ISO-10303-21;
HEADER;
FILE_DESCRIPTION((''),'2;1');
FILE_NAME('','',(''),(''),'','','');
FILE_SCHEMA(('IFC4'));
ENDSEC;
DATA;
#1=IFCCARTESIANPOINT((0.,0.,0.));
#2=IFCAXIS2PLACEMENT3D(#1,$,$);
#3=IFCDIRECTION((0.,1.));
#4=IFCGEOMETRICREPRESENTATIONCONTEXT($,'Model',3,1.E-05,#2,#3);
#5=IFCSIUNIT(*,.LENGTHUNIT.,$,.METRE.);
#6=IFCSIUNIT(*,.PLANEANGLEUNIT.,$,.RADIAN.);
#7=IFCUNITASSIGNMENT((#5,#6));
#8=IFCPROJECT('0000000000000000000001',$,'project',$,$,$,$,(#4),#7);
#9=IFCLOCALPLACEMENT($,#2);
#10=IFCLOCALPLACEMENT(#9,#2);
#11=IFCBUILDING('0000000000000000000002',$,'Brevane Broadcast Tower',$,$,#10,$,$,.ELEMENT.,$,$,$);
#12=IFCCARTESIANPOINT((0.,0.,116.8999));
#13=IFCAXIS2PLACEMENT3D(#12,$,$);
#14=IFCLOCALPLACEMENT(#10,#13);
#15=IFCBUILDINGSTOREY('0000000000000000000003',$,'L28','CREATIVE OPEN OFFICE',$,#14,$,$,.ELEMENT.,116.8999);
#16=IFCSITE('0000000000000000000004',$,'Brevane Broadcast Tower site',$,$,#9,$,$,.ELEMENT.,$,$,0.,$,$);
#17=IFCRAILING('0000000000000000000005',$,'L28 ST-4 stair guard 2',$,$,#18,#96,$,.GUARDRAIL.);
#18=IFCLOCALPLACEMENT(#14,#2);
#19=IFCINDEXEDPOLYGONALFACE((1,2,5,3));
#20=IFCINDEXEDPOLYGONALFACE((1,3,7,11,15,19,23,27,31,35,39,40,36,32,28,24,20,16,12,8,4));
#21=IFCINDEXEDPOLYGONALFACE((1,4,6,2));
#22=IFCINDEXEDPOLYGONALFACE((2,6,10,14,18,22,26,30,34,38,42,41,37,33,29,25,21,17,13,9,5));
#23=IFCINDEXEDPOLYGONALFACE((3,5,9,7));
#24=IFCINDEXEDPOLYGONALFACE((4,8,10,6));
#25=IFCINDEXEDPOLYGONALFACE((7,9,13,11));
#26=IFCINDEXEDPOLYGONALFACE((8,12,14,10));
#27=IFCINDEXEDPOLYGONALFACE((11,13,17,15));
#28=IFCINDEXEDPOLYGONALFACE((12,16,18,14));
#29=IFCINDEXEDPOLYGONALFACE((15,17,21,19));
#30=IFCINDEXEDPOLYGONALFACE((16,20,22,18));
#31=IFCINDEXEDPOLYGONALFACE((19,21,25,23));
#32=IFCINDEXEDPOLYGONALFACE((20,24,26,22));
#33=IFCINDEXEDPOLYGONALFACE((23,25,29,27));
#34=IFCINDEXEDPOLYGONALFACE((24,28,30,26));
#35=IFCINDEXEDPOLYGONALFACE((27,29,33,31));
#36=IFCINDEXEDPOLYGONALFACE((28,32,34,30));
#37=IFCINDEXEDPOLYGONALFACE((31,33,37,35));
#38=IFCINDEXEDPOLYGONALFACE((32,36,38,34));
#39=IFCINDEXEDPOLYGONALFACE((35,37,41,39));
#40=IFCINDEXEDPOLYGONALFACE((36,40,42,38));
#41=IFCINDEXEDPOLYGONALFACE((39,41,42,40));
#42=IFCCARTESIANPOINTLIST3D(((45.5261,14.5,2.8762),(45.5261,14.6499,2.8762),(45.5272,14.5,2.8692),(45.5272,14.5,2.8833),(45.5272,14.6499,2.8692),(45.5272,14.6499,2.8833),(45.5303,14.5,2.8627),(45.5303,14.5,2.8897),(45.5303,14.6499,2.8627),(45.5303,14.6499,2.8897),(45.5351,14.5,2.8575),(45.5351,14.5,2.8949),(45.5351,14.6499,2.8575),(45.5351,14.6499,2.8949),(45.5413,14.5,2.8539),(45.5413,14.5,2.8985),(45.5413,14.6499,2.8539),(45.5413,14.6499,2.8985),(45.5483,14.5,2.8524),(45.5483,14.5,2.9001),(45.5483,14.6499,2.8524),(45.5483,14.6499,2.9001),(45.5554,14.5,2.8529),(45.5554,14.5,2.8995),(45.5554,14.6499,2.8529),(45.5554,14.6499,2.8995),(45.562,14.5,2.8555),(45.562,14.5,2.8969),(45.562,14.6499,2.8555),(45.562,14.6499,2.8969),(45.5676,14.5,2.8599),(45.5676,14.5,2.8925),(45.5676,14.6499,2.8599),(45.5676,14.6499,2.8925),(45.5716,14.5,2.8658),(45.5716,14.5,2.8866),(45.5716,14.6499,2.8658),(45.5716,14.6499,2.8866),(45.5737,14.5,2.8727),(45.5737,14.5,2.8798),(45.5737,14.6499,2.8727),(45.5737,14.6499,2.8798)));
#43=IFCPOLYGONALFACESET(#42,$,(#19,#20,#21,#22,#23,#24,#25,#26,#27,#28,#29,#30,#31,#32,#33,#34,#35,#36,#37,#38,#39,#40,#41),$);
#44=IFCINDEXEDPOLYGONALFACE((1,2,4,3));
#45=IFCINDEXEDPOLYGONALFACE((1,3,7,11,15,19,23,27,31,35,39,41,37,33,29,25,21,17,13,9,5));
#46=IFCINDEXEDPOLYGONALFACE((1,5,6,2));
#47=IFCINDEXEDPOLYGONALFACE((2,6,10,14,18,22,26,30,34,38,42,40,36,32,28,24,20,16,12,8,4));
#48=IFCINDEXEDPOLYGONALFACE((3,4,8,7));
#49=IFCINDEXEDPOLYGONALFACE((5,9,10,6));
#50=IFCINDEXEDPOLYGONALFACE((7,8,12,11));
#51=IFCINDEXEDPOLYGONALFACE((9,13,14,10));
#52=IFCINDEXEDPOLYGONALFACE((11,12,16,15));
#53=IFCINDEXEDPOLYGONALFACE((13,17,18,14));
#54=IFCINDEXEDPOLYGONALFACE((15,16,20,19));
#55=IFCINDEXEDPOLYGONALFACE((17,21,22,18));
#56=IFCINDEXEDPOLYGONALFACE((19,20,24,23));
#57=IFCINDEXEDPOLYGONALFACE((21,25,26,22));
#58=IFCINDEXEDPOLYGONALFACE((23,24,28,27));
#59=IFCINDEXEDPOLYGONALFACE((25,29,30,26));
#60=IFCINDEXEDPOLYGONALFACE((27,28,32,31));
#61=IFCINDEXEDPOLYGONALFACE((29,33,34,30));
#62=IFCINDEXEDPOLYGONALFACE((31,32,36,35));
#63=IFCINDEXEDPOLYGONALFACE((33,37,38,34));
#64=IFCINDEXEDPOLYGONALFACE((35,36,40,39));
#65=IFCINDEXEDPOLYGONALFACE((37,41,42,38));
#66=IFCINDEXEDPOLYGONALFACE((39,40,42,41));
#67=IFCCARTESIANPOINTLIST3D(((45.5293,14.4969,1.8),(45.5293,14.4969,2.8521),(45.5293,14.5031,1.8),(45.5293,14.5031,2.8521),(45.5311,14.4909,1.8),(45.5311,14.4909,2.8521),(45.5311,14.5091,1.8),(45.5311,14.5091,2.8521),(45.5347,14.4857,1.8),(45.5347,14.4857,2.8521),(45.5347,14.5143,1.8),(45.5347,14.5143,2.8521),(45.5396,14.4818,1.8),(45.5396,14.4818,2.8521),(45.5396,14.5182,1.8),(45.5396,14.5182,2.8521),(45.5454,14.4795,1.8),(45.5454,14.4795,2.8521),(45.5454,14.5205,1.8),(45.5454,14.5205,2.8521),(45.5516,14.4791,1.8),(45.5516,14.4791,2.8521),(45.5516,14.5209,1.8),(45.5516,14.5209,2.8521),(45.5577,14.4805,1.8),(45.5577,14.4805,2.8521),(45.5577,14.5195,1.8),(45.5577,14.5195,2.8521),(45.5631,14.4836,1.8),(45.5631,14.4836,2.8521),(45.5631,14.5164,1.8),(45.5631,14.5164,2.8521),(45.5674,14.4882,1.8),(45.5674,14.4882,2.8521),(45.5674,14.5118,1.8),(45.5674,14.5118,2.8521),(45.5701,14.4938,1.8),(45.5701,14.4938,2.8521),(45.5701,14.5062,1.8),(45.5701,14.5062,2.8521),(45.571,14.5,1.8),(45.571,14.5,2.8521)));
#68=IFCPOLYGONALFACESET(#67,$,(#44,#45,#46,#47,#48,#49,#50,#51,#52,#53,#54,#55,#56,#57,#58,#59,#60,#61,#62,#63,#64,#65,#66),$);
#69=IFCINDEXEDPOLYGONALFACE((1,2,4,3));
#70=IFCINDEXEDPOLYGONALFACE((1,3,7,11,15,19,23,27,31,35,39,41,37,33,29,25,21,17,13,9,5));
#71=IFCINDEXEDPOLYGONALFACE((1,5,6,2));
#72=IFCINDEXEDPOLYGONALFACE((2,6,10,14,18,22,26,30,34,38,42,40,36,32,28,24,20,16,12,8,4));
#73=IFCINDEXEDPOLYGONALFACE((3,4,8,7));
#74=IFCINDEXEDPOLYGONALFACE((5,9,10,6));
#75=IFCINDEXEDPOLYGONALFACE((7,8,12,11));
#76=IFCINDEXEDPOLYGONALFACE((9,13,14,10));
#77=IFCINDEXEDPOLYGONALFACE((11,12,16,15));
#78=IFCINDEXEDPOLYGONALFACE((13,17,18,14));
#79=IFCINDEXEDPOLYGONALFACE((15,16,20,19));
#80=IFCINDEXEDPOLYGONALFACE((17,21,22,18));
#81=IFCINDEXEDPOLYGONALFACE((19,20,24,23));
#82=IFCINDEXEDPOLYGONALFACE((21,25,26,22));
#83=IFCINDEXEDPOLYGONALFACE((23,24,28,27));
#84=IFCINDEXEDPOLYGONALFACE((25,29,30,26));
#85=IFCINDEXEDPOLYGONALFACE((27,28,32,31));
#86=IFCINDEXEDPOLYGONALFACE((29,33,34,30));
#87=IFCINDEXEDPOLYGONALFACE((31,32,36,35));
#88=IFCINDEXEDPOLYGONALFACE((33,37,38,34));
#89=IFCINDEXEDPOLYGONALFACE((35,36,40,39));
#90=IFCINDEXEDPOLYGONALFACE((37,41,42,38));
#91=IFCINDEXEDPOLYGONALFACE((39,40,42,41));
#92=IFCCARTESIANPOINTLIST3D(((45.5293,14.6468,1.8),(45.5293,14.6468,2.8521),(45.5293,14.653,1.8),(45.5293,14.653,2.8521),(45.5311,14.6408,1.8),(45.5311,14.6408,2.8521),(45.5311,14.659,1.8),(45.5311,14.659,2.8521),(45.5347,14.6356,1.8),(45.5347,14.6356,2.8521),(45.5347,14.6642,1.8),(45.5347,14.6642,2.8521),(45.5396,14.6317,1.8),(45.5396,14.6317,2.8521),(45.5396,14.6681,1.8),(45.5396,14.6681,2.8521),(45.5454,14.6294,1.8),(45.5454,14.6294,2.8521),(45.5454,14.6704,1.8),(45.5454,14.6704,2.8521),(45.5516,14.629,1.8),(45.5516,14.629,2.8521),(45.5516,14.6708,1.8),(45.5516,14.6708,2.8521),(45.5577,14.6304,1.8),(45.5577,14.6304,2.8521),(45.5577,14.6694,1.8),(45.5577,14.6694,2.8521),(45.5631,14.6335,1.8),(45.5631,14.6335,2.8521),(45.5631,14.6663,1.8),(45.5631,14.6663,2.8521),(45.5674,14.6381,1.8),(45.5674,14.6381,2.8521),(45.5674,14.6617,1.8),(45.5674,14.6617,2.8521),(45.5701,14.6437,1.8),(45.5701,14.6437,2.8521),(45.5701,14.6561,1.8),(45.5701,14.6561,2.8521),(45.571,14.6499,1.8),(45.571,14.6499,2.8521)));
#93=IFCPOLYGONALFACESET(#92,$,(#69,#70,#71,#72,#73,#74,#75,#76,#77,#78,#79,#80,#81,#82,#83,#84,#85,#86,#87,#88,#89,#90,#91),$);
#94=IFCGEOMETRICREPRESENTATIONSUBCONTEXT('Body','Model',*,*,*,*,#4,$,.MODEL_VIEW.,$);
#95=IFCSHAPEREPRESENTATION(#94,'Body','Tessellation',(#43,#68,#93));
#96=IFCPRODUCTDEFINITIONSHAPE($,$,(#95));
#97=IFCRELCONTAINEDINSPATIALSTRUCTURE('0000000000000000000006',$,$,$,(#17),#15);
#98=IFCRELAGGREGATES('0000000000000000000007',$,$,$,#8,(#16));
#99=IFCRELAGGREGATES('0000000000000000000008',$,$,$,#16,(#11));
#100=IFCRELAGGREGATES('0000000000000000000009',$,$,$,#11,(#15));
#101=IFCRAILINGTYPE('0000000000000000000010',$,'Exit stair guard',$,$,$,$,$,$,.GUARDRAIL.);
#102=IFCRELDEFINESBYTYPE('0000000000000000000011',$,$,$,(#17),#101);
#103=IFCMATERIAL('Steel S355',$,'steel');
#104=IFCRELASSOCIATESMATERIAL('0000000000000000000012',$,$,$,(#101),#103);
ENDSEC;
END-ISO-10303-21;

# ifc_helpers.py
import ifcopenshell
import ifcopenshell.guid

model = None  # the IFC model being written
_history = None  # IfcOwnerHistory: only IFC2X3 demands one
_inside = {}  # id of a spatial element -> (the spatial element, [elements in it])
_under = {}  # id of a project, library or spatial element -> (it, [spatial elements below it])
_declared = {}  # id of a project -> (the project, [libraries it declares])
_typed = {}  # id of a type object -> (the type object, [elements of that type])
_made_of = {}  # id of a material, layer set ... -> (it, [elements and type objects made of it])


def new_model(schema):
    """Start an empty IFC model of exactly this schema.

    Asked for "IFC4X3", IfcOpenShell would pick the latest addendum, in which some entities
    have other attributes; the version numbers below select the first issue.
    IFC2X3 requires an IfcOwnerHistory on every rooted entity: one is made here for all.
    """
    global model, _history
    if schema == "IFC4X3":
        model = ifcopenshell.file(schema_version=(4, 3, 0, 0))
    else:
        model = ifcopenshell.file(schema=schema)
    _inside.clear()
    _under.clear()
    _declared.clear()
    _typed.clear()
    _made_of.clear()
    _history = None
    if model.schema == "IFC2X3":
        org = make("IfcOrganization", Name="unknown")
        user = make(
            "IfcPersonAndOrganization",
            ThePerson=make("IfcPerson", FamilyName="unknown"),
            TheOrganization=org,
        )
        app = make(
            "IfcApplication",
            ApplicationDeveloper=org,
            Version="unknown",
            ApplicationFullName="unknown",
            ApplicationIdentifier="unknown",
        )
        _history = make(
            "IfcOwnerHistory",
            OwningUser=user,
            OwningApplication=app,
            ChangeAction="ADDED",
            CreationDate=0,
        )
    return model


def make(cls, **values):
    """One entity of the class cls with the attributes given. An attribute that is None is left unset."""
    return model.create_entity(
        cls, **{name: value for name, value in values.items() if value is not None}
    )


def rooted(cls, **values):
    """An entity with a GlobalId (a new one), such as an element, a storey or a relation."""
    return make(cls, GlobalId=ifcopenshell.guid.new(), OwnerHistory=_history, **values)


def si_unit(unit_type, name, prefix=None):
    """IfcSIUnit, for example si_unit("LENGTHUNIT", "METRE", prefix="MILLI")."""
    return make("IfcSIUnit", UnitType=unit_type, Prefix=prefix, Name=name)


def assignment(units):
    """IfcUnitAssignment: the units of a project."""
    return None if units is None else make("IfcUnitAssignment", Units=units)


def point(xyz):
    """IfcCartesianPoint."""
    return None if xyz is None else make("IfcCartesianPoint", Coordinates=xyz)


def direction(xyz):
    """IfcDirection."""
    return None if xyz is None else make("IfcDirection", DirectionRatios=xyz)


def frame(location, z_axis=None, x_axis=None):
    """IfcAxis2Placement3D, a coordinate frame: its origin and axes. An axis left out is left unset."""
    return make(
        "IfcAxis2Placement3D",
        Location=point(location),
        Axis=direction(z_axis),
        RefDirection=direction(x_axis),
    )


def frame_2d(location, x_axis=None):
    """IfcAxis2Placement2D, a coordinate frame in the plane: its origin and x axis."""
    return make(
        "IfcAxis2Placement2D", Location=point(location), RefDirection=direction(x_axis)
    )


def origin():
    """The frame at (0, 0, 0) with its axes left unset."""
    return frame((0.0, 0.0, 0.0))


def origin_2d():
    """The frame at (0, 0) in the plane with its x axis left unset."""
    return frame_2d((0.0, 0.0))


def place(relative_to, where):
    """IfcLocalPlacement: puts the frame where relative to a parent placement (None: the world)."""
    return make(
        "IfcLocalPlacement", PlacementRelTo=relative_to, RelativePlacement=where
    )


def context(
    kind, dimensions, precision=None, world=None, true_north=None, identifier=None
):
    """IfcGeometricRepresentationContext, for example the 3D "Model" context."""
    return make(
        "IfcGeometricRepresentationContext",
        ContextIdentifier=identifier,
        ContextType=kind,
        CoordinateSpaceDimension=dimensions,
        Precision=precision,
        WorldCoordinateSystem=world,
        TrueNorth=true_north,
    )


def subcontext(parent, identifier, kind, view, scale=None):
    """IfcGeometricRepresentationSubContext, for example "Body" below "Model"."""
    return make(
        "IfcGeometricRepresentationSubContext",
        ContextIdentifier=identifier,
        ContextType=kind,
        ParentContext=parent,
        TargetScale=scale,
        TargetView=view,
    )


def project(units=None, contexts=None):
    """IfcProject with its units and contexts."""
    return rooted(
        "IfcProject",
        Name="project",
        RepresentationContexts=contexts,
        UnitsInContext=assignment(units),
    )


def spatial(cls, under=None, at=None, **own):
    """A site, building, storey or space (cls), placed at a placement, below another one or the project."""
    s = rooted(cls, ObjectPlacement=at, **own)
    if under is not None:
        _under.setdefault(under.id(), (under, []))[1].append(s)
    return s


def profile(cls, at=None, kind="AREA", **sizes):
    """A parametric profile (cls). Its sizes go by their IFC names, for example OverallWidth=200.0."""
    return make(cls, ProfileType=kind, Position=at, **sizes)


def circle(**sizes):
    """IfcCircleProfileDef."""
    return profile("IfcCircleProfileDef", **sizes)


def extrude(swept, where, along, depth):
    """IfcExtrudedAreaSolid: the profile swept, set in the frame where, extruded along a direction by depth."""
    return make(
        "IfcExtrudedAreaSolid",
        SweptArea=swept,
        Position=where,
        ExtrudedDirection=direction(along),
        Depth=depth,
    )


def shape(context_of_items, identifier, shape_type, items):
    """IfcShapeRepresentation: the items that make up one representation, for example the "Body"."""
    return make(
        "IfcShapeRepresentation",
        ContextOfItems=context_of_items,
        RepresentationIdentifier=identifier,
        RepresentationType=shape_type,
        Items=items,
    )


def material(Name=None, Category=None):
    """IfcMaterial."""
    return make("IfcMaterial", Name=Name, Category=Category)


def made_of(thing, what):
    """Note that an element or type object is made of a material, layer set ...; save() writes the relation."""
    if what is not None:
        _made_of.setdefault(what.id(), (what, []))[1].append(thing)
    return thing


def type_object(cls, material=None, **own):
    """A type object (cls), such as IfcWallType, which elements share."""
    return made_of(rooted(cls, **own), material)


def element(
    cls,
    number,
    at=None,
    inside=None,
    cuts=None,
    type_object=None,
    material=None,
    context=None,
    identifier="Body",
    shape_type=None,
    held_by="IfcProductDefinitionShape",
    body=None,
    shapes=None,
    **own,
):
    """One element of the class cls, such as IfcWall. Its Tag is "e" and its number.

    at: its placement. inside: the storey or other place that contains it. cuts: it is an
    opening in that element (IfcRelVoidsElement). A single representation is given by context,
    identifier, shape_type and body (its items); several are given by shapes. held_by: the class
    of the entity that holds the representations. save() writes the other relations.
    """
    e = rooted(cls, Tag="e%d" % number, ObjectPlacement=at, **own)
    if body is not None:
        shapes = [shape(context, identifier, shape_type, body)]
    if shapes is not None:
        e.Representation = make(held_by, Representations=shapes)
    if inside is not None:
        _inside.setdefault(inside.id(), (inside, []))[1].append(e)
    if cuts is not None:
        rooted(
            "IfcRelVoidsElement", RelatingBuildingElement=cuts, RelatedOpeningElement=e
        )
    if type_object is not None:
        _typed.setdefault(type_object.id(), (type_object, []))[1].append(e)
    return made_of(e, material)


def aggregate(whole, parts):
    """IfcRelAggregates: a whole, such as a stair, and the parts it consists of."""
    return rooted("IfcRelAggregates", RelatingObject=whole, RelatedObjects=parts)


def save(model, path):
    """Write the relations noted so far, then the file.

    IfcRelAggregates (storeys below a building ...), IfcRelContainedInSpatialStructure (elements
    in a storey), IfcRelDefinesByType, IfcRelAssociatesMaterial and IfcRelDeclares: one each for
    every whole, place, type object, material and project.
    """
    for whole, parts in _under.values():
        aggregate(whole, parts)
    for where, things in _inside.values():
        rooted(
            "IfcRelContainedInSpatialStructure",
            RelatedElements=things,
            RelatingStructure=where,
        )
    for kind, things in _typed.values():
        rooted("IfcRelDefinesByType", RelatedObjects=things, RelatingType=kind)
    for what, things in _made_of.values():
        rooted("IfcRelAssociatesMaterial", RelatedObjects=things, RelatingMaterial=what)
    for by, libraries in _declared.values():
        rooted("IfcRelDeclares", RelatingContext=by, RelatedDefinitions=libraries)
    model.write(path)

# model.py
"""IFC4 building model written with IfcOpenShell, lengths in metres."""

from ifc_helpers import new_model, si_unit, direction, frame, origin, origin_2d, place, context, subcontext, project, spatial, circle, extrude, material, type_object, element, save


model = new_model("IFC4")

# Units and contexts
model_context = context("Model", 3, precision=1e-05, world=origin(), true_north=direction((0.0, 1.0)))
body_context = subcontext(model_context, "Body", "Model", "MODEL_VIEW")
ifc_project = project(units=[si_unit("LENGTHUNIT", "METRE"), si_unit("PLANEANGLEUNIT", "RADIAN")], contexts=[model_context])

# Site, building, storey
site_placement = place(None, origin())
site = spatial("IfcSite", under=ifc_project, at=site_placement, Name="Brevane Broadcast Tower site", CompositionType="ELEMENT", RefElevation=0.0)
building_placement = place(site_placement, origin())
building = spatial("IfcBuilding", under=site, at=building_placement, Name="Brevane Broadcast Tower", CompositionType="ELEMENT")
storey_placement = place(building_placement, frame((0.0, 0.0, 116.8999)))
storey = spatial("IfcBuildingStorey", under=building, at=storey_placement, Name="L28", Description="CREATIVE OPEN OFFICE", CompositionType="ELEMENT", Elevation=116.8999)

# Railing
ifc_material_1 = material(Name="Steel S355", Category="steel")
railing_type_1 = type_object("IfcRailingType", Name="Exit stair guard", PredefinedType="GUARDRAIL", material=ifc_material_1)
railing_1_placement = place(storey_placement, frame((45.55, 14.5, 1.8)))
element("IfcRailing", 1, at=railing_1_placement, inside=storey, type_object=railing_type_1, Name="L28 ST-4 stair guard 2", PredefinedType="GUARDRAIL", context=body_context, shape_type="SweptSolid", body=[
    extrude(circle(Radius=0.0239, at=origin_2d()), frame((0.0, 0.0, 1.0762), z_axis=(0.0, 1.0, 0.0), x_axis=(-1.0, 0.0, 0.0)), (0.0, 0.0, 1.0), 0.1499),
    extrude(circle(Radius=0.021, at=origin_2d()), origin(), (0.0, 0.0, 1.0), 1.052),
    extrude(circle(Radius=0.021, at=origin_2d()), frame((0.0, 0.1499, 0.0)), (0.0, 0.0, 1.0), 1.052),
])

save(model, "model.ifc")
